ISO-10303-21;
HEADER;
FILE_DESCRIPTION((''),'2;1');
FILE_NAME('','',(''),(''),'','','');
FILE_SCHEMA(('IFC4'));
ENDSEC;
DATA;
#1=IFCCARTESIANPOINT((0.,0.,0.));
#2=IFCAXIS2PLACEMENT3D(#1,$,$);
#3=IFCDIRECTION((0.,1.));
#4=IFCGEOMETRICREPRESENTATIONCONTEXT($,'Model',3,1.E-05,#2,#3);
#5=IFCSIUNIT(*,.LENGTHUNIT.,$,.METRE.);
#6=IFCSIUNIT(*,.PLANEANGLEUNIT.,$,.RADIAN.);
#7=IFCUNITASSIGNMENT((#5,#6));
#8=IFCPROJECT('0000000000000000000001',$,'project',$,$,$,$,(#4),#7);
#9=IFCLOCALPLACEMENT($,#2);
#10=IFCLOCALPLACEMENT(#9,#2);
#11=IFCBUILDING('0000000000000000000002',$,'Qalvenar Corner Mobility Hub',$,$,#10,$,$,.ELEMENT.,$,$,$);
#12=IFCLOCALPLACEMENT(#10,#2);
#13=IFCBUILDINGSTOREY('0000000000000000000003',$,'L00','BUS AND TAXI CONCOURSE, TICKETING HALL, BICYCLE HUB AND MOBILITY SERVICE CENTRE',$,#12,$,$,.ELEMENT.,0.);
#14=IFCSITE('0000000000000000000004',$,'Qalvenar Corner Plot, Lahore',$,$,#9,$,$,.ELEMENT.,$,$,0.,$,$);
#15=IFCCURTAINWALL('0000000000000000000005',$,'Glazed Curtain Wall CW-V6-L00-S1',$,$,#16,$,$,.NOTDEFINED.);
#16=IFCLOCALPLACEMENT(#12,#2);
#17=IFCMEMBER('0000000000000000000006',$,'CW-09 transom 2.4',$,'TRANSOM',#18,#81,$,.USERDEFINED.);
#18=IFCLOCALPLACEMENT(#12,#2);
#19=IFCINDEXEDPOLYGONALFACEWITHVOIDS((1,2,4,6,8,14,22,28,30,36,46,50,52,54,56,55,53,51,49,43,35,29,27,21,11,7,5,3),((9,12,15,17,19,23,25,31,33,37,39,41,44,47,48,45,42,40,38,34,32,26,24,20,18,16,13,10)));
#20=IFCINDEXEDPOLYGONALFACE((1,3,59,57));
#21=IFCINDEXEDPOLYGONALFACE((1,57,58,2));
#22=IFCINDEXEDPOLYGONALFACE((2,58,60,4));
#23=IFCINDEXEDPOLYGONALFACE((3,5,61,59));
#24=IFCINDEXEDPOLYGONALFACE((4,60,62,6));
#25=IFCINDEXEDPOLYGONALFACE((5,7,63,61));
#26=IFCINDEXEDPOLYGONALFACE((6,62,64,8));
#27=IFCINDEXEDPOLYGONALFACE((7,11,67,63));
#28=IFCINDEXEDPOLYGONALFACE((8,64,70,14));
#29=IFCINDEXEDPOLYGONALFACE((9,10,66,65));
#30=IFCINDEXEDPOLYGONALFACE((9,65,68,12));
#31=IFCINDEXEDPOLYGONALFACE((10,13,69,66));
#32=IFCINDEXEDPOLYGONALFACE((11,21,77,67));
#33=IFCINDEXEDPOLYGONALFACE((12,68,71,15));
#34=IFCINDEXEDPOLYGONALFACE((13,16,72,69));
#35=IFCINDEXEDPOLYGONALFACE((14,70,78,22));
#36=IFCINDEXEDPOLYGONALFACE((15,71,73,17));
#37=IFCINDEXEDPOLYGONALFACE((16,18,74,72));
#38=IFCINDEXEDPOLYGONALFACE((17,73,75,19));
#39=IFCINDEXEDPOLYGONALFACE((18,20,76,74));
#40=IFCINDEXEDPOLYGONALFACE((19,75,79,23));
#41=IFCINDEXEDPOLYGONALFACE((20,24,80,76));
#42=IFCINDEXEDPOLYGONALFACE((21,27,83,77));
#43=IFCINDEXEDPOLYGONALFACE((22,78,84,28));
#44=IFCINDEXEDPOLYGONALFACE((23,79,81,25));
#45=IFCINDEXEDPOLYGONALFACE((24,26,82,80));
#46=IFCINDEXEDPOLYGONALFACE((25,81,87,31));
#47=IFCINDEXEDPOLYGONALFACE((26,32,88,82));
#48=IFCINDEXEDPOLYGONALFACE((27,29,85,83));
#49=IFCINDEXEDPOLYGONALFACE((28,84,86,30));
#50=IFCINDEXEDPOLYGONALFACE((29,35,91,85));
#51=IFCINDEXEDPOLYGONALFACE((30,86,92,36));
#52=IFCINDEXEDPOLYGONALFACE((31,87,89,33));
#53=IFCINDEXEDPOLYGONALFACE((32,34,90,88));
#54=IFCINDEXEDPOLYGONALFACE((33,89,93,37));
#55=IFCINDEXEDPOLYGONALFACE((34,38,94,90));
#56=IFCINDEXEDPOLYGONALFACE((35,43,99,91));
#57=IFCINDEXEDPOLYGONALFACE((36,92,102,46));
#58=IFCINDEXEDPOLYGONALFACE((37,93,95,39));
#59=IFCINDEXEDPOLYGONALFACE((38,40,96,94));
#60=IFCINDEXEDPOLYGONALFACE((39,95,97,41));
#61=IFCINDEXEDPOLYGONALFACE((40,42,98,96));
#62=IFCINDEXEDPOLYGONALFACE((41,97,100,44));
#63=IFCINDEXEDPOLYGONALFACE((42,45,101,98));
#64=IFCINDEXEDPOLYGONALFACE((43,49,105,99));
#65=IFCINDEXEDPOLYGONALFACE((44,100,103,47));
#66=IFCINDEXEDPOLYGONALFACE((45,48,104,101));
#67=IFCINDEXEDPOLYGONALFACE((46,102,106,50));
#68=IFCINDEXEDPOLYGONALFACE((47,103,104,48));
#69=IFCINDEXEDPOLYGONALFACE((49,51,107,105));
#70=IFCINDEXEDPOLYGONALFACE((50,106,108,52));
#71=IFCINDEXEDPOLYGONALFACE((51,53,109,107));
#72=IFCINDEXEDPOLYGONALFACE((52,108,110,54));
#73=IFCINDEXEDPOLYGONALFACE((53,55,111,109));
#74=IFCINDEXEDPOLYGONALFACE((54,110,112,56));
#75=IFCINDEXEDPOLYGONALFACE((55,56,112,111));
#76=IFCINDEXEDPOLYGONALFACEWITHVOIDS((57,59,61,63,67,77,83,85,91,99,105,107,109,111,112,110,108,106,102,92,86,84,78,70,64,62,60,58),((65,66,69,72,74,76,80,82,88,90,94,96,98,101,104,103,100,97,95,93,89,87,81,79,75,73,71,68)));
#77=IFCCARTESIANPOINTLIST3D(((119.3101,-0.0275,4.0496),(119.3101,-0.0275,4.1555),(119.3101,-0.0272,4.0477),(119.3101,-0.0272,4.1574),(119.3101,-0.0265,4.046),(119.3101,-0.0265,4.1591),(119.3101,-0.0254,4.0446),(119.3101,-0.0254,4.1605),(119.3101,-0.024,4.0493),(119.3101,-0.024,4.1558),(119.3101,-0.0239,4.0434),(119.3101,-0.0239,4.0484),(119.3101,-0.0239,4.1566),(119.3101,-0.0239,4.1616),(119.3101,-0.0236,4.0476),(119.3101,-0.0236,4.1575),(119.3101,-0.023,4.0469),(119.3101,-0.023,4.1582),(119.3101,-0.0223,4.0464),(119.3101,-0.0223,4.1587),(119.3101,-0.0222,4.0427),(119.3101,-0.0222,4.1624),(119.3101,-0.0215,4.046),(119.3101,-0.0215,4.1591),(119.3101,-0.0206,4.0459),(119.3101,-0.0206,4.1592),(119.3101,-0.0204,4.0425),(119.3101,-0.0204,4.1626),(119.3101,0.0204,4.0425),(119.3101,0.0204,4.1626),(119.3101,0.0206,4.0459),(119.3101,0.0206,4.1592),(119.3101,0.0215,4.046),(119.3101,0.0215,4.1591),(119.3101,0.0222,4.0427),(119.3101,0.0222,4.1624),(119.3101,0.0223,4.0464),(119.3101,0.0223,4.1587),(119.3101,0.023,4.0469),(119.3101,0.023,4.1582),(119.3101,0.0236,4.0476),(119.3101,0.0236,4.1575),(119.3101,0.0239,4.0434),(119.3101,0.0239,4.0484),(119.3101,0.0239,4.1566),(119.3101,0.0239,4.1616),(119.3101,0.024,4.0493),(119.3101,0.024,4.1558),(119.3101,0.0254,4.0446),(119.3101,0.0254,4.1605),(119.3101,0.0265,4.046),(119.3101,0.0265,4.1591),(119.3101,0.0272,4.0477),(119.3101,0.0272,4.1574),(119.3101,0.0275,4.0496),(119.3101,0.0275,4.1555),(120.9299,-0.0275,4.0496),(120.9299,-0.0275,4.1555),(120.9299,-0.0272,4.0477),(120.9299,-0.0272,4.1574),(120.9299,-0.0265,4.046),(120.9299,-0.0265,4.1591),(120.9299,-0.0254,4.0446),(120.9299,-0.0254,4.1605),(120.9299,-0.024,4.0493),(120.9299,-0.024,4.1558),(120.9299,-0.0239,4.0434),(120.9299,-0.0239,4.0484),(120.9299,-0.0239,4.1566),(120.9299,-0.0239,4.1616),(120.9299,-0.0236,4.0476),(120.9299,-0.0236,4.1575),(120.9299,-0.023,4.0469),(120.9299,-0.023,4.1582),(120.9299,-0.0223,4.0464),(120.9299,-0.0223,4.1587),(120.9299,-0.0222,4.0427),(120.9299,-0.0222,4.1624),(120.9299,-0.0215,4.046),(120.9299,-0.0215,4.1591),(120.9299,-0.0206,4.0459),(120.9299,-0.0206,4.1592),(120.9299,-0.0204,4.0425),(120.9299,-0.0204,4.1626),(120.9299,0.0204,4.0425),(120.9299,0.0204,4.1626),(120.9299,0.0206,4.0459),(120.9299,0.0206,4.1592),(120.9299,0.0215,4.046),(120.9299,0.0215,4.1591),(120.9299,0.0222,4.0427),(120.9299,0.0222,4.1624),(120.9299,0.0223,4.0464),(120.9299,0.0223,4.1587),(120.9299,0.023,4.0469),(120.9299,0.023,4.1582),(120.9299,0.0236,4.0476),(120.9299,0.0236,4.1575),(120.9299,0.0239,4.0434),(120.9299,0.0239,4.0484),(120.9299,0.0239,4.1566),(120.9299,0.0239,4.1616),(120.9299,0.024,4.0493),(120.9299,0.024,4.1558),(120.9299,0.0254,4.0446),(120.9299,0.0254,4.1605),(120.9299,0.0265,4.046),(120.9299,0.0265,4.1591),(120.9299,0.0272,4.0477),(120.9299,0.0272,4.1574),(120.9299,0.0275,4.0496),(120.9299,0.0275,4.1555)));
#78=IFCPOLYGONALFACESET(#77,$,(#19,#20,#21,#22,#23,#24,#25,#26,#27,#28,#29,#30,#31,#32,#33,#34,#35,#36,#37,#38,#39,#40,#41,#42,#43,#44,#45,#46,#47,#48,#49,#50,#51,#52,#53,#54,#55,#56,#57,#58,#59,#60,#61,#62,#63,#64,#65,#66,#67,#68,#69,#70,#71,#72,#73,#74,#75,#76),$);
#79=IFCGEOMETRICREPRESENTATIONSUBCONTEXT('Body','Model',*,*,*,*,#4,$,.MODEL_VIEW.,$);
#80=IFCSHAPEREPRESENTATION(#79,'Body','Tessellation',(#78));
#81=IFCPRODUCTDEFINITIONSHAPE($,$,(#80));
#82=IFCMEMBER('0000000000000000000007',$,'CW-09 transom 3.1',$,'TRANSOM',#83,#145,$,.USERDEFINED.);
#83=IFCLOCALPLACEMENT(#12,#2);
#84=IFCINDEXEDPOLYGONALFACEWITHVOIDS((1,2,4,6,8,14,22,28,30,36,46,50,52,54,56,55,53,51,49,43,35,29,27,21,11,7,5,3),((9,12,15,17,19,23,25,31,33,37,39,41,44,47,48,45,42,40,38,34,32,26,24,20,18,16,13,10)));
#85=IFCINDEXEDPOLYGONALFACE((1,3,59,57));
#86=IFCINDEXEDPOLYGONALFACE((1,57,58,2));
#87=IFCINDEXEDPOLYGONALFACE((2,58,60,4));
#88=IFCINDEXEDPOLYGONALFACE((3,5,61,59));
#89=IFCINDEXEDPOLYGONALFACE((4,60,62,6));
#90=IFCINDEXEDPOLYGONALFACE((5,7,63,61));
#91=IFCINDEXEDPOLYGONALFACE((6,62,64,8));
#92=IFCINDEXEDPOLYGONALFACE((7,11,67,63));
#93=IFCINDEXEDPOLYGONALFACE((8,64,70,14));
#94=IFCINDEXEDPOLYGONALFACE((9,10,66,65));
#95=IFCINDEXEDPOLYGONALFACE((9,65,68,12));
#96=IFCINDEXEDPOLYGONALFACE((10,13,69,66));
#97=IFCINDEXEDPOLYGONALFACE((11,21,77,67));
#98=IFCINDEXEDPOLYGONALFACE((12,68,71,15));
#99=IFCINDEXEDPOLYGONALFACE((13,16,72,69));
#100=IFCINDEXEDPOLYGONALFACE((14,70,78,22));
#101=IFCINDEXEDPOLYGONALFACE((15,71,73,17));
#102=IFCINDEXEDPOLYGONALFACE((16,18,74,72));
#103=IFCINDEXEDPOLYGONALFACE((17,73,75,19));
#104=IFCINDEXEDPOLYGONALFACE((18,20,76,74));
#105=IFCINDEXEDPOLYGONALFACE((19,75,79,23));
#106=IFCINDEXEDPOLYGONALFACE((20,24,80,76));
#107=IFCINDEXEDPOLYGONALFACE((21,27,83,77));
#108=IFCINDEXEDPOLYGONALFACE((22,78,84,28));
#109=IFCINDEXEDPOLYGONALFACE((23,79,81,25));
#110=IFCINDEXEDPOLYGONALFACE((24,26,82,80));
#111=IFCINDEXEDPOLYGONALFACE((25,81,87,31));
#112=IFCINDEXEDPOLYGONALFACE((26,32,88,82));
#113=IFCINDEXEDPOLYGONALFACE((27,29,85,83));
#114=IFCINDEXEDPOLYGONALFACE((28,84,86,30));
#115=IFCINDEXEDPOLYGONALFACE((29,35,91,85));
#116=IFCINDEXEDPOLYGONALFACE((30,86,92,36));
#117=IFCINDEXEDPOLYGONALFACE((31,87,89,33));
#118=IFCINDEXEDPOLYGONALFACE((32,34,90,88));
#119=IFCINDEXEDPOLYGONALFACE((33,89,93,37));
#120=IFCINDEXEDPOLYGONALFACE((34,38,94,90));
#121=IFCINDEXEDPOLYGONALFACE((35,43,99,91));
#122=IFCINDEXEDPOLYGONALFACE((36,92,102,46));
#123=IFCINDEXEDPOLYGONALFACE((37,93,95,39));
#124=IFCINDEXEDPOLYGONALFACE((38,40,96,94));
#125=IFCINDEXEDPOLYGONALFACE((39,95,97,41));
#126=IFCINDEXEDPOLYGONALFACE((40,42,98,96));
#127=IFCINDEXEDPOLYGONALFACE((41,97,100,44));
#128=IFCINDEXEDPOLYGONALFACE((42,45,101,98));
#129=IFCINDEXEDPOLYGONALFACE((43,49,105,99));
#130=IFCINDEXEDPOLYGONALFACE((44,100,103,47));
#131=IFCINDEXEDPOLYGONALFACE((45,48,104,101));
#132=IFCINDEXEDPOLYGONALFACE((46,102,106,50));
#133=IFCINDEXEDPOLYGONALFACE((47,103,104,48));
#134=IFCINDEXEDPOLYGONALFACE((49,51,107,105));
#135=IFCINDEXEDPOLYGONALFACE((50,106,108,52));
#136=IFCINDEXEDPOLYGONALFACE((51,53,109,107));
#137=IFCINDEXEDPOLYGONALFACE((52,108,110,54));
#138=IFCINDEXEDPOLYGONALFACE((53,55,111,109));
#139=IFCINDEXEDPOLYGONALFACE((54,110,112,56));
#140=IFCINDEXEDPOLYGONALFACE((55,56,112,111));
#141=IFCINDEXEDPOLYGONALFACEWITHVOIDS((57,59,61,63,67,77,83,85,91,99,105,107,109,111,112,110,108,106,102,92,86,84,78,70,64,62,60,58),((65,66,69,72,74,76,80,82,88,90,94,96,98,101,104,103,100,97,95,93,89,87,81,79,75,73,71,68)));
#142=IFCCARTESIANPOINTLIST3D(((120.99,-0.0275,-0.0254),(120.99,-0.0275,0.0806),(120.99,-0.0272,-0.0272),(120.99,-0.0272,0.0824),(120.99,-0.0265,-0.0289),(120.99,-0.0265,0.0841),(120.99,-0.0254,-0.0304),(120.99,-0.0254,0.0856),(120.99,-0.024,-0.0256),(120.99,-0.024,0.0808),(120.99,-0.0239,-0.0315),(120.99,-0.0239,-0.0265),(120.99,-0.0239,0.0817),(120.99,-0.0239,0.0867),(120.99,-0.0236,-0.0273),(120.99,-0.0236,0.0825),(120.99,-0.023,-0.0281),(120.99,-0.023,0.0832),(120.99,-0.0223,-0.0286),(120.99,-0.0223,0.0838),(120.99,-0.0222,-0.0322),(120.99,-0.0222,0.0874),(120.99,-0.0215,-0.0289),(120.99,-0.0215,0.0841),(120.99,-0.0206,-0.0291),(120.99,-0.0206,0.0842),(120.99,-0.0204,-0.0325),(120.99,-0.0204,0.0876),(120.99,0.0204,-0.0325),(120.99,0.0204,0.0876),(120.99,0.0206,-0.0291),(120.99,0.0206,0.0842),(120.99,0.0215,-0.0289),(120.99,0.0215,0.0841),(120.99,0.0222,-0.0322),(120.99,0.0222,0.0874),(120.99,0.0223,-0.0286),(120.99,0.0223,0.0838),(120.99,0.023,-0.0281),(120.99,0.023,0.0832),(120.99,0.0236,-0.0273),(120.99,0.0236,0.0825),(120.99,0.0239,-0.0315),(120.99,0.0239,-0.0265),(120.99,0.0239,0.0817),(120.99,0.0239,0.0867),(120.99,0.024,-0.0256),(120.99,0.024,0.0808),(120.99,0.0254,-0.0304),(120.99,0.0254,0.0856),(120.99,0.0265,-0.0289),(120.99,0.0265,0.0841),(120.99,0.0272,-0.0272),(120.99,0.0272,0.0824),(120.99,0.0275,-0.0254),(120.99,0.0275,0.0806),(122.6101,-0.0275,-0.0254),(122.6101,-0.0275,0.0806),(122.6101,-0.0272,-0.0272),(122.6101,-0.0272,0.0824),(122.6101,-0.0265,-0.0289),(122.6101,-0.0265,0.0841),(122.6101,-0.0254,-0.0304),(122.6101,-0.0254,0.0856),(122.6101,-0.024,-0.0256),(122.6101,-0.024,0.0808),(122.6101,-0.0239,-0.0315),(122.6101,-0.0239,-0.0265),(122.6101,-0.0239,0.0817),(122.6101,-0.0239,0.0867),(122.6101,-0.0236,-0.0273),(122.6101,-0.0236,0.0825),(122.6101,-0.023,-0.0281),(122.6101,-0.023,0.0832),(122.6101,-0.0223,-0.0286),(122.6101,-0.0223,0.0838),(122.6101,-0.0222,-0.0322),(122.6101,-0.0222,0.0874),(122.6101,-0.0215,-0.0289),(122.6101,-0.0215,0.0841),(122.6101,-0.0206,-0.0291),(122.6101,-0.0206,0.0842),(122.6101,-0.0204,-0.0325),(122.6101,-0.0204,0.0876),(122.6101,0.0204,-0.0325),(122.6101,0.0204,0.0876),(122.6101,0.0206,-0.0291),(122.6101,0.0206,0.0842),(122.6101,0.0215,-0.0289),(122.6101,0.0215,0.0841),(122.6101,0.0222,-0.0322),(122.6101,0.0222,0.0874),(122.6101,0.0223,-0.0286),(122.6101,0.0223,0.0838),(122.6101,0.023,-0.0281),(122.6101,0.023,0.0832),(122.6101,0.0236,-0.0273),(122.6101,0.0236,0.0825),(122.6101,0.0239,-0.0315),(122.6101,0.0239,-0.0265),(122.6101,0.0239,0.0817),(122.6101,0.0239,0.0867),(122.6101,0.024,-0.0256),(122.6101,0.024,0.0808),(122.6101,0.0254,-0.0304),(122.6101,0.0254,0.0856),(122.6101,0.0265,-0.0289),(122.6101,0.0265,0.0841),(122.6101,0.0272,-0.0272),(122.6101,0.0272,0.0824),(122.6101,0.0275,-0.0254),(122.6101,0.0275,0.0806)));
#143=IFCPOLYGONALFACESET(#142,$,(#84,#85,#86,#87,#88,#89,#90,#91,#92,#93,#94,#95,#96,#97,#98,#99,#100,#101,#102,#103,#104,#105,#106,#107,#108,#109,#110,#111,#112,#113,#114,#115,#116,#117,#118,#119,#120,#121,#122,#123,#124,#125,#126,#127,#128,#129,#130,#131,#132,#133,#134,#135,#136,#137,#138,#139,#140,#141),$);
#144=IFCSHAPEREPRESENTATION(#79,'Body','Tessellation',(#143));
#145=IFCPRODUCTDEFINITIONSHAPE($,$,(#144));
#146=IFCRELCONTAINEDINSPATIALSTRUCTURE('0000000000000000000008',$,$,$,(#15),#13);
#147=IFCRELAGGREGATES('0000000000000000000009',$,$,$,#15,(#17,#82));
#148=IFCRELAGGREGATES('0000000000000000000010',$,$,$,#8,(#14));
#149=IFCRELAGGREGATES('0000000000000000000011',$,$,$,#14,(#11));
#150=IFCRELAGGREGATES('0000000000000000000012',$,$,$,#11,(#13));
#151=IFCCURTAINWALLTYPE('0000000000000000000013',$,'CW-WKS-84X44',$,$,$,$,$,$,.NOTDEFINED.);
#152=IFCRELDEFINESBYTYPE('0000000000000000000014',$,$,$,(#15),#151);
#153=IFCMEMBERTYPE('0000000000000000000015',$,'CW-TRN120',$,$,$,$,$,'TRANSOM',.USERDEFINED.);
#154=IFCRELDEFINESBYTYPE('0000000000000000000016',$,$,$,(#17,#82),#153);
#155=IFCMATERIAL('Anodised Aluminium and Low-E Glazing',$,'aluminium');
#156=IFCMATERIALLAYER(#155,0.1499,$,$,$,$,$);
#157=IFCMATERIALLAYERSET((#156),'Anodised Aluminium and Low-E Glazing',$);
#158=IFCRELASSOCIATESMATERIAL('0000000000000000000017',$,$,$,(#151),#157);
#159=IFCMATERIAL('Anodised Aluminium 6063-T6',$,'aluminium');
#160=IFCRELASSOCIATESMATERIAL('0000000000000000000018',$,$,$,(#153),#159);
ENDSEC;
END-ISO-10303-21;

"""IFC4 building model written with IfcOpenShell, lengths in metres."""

from ifc_helpers import new_model, si_unit, direction, frame, origin, origin_2d, place, context, subcontext, project, spatial, hollow_rectangle, extrude, material, layer, layer_set, material_profile, profile_set, type_object, element, aggregate, save


model = new_model("IFC4")

# Units and contexts
model_context = context("Model", 3, precision=1e-05, world=origin(), true_north=direction((0.0, 1.0)))
body_context = subcontext(model_context, "Body", "Model", "MODEL_VIEW")
ifc_project = project(units=[si_unit("LENGTHUNIT", "METRE"), si_unit("PLANEANGLEUNIT", "RADIAN")], contexts=[model_context])

# Site, building, storey
site_placement = place(None, origin())
site = spatial("IfcSite", under=ifc_project, at=site_placement, Name="Qalvenar Corner Plot, Lahore", CompositionType="ELEMENT", RefElevation=0.0)
building_placement = place(site_placement, origin())
building = spatial("IfcBuilding", under=site, at=building_placement, Name="Qalvenar Corner Mobility Hub", CompositionType="ELEMENT")
storey_placement = place(building_placement, origin())
storey = spatial("IfcBuildingStorey", under=building, at=storey_placement, Name="L00", Description="BUS AND TAXI CONCOURSE, TICKETING HALL, BICYCLE HUB AND MOBILITY SERVICE CENTRE", CompositionType="ELEMENT", Elevation=0.0)

# Curtain wall, members
ifc_material_1 = material(Name="Anodised Aluminium and Low-E Glazing", Category="aluminium")
ifc_layer_1 = layer(ifc_material_1, 0.1499)
ifc_layer_set_1 = layer_set([ifc_layer_1], Name="Anodised Aluminium and Low-E Glazing")
curtain_wall_type = type_object("IfcCurtainWallType", Name="CW-WKS-84X44", PredefinedType="NOTDEFINED", material=ifc_layer_set_1)
curtain_wall_placement = place(storey_placement, origin())
curtain_wall = element("IfcCurtainWall", 1, at=curtain_wall_placement, inside=storey, type_object=curtain_wall_type, Name="Glazed Curtain Wall CW-V6-L00-S1", PredefinedType="NOTDEFINED")
ifc_material_2 = material(Name="Anodised Aluminium 6063-T6", Category="aluminium")
ifc_material_profile_1 = material_profile(ifc_material_2, hollow_rectangle(XDim=0.0549, YDim=0.1201, WallThickness=0.0034, InnerFilletRadius=0.0034, OuterFilletRadius=0.0071, at=origin_2d()), Name="RHS120x55x3.5")
ifc_profile_set_1 = profile_set([ifc_material_profile_1], Name="Anodised Aluminium 6063-T6")
member_type_1 = type_object("IfcMemberType", Name="CW-TRN120", ElementType="TRANSOM", PredefinedType="USERDEFINED", material=ifc_profile_set_1)
member_1_placement = place(storey_placement, frame((119.3101, 0.0, 4.1025), z_axis=(1.0, 0.0, 0.0), x_axis=(0.0, 1.0, 0.0)))
member_1 = element("IfcMember", 2, at=member_1_placement, type_object=member_type_1, Name="CW-09 transom 2.4", ObjectType="TRANSOM", PredefinedType="USERDEFINED", context=body_context, shape_type="SweptSolid", body=[
    extrude(hollow_rectangle(XDim=0.0549, YDim=0.1201, WallThickness=0.0034, InnerFilletRadius=0.0034, OuterFilletRadius=0.0071, at=origin_2d()), origin(), (0.0, 0.0, 1.0), 1.6199),
])
member_2_placement = place(storey_placement, frame((120.99, 0.0, 0.0276), z_axis=(1.0, 0.0, 0.0), x_axis=(0.0, 1.0, 0.0)))
member_2 = element("IfcMember", 3, at=member_2_placement, type_object=member_type_1, Name="CW-09 transom 3.1", ObjectType="TRANSOM", PredefinedType="USERDEFINED", context=body_context, shape_type="SweptSolid", body=[
    extrude(hollow_rectangle(XDim=0.0549, YDim=0.1201, WallThickness=0.0034, InnerFilletRadius=0.0034, OuterFilletRadius=0.0071, at=origin_2d()), origin(), (0.0, 0.0, 1.0), 1.6201),
])
aggregate(curtain_wall, [member_1, member_2])

save(model, "model.ifc")
